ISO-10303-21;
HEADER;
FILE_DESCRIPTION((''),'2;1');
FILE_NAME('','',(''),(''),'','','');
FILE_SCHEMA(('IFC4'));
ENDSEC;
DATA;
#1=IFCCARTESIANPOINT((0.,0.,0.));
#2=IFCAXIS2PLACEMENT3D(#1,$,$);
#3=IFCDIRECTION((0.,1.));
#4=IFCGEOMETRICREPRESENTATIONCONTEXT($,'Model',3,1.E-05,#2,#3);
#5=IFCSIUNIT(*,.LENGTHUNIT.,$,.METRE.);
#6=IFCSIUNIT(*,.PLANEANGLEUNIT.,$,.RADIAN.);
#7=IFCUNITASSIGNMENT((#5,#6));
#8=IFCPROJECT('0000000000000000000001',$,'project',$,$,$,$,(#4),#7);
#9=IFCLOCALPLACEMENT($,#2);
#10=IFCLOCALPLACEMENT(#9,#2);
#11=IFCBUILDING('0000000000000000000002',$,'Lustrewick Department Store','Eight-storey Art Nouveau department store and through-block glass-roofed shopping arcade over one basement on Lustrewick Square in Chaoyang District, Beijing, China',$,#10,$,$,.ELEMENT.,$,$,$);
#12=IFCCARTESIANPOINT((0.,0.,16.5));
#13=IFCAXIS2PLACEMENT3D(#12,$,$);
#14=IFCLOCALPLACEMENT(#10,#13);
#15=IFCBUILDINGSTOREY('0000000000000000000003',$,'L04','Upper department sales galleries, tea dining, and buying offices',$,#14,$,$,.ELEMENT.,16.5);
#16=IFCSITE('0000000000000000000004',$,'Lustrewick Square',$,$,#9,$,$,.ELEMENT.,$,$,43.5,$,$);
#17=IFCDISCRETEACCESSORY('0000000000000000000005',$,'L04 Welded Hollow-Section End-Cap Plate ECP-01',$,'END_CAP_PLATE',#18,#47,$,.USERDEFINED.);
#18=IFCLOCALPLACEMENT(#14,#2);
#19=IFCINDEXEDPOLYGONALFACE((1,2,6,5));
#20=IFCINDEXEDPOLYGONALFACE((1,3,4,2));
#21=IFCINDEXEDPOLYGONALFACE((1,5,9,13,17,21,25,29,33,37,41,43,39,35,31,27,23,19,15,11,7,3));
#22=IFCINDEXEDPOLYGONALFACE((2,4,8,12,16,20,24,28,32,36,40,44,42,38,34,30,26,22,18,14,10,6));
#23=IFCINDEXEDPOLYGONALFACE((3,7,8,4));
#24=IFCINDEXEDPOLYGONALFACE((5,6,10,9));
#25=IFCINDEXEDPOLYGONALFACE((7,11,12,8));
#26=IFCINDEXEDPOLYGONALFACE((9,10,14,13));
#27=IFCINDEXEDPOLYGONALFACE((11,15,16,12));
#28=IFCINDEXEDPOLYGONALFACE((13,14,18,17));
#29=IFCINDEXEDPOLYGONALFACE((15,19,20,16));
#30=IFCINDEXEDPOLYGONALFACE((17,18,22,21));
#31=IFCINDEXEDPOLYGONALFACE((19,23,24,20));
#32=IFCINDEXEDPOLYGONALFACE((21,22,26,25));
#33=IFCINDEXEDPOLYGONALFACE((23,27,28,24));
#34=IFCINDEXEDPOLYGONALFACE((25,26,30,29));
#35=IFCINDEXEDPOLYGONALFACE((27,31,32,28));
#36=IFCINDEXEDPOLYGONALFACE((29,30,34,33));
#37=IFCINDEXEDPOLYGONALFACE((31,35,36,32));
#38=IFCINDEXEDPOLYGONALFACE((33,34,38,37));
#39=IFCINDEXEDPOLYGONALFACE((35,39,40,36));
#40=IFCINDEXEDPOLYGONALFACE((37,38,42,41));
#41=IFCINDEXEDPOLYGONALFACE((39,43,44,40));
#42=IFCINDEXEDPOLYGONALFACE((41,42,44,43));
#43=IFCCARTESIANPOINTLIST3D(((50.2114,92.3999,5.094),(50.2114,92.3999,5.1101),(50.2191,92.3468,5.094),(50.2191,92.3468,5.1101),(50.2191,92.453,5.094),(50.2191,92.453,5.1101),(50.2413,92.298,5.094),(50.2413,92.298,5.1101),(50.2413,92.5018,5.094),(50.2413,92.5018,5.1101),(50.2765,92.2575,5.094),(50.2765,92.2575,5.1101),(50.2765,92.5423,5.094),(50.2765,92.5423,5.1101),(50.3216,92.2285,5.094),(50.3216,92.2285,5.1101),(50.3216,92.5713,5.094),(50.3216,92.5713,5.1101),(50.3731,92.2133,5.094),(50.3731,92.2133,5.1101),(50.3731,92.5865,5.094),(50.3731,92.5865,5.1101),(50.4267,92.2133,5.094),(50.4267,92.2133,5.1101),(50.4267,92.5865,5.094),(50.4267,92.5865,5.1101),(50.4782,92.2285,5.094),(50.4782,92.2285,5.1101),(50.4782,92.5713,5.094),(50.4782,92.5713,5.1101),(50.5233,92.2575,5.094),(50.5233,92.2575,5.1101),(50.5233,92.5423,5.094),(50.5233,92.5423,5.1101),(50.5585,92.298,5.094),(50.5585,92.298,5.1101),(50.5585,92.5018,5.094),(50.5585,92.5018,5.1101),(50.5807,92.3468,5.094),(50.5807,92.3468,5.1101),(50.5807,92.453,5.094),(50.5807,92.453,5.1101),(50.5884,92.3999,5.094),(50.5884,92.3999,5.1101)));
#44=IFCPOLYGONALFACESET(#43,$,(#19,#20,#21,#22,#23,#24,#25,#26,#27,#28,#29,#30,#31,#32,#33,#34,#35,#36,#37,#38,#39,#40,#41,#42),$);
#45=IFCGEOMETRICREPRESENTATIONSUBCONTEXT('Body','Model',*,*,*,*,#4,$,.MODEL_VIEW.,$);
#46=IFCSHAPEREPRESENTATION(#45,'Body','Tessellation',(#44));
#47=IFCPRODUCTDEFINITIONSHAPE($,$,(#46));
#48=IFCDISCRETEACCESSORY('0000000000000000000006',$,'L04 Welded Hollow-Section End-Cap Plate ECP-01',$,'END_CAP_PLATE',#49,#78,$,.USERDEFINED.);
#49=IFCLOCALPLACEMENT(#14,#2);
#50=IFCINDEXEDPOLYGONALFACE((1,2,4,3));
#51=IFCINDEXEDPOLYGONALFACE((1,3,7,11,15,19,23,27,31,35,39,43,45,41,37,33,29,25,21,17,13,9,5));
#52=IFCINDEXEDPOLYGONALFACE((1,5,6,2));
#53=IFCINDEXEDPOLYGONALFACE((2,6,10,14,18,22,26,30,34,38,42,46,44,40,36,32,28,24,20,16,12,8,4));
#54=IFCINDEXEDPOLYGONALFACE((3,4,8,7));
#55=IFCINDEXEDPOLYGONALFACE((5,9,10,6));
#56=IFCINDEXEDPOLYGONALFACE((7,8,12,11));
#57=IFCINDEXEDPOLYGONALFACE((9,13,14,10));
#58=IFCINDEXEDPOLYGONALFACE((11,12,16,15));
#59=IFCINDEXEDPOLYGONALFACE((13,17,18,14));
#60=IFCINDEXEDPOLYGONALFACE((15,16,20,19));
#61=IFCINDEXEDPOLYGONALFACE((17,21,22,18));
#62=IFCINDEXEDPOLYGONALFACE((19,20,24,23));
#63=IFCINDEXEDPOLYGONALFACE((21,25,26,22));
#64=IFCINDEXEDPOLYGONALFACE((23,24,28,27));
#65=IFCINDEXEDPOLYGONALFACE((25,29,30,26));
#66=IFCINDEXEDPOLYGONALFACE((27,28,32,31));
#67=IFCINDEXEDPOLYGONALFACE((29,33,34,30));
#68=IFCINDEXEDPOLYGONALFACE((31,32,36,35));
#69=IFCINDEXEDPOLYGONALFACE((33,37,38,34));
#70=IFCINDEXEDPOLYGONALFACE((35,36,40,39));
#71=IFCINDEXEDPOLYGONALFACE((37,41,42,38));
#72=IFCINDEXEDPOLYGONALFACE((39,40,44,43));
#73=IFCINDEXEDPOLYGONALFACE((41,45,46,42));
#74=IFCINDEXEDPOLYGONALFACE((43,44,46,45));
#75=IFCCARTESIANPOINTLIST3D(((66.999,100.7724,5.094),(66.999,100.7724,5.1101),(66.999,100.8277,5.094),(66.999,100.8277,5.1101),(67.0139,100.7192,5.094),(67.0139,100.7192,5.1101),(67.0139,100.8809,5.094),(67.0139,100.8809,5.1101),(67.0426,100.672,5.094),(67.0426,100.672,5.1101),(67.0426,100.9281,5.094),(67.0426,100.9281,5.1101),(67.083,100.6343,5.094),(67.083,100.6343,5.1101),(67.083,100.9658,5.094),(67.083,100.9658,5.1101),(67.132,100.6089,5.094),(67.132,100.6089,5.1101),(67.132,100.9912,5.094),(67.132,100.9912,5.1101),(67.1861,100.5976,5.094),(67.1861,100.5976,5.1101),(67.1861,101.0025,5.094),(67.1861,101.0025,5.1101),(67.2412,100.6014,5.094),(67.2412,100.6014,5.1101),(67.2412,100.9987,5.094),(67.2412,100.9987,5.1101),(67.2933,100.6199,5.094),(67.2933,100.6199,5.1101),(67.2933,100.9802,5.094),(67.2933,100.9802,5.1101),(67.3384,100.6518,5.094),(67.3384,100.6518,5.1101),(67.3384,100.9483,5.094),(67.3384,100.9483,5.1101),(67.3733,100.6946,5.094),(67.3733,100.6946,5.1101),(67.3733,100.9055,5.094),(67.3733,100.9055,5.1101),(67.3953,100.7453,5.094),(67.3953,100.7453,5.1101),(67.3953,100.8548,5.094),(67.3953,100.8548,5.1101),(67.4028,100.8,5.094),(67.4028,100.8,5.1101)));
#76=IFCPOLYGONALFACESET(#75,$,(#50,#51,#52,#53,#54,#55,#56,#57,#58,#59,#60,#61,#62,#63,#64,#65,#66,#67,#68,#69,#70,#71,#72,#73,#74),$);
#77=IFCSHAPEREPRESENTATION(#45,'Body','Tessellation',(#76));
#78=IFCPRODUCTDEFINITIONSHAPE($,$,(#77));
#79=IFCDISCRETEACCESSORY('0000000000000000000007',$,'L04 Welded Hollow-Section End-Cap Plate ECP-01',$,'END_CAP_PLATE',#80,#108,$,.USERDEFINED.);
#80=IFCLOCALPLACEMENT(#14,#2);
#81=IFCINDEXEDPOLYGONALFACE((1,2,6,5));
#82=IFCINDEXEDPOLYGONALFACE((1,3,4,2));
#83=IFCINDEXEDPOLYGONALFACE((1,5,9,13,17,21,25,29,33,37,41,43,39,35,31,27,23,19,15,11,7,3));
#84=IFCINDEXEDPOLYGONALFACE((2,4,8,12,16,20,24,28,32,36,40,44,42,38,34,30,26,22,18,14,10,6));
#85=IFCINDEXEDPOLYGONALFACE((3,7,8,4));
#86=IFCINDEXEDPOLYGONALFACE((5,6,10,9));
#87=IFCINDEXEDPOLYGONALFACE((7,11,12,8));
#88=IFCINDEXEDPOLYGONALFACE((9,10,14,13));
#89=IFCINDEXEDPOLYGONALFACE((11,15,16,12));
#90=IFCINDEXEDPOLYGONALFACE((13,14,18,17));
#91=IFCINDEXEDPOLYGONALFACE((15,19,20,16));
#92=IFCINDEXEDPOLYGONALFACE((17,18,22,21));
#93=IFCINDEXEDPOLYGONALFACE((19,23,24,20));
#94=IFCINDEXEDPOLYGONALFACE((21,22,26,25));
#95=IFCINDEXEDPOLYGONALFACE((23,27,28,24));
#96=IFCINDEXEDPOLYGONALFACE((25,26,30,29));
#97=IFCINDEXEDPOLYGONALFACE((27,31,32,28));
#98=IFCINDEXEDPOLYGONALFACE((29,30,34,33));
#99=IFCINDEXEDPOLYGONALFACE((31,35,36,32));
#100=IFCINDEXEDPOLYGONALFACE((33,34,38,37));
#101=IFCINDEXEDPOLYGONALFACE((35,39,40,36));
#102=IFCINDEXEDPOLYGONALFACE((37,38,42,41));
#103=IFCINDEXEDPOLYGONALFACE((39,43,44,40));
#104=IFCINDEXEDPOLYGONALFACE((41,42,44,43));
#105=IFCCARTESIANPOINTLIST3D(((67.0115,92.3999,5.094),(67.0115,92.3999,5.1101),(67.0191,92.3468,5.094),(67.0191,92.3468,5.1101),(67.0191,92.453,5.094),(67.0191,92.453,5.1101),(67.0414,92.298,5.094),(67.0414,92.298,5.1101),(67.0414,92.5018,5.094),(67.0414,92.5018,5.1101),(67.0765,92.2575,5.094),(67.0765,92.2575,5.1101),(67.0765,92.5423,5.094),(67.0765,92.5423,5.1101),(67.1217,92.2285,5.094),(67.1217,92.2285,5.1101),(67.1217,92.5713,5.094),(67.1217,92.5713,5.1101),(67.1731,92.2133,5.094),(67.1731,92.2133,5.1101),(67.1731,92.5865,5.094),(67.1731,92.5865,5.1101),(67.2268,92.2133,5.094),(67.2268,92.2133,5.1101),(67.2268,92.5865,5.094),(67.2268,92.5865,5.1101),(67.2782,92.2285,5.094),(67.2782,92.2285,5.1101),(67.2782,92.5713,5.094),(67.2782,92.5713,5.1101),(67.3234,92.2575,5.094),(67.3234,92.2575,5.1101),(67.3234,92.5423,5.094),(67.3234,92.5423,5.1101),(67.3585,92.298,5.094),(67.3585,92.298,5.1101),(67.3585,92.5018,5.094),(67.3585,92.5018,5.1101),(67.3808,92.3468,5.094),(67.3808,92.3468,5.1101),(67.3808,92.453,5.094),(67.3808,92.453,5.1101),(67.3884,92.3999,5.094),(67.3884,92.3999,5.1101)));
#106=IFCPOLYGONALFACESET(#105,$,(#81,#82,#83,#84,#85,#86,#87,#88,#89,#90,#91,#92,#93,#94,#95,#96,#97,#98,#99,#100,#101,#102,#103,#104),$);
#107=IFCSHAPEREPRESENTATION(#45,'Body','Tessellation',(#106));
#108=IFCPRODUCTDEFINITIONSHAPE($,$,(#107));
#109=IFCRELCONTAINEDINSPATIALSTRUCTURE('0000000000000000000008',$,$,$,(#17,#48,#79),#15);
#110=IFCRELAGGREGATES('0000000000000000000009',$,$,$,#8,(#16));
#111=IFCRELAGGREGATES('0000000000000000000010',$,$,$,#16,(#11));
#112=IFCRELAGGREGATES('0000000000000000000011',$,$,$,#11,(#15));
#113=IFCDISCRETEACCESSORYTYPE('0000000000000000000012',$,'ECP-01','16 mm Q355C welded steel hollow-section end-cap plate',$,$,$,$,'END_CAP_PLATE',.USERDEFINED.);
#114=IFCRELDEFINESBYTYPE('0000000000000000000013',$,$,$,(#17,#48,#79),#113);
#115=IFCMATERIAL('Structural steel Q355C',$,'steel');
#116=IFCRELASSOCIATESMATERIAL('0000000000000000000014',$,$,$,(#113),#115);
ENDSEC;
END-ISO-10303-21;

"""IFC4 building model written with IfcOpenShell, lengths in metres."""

from ifc_helpers import new_model, si_unit, direction, frame, origin, origin_2d, place, context, subcontext, project, spatial, circle, extrude, material, type_object, element, save


model = new_model("IFC4")

# Units and contexts
model_context = context("Model", 3, precision=1e-05, world=origin(), true_north=direction((0.0, 1.0)))
body_context = subcontext(model_context, "Body", "Model", "MODEL_VIEW")
ifc_project = project(units=[si_unit("LENGTHUNIT", "METRE"), si_unit("PLANEANGLEUNIT", "RADIAN")], contexts=[model_context])

# Site, building, storey
site_placement = place(None, origin())
site = spatial("IfcSite", under=ifc_project, at=site_placement, Name="Lustrewick Square", CompositionType="ELEMENT", RefElevation=43.5)
building_placement = place(site_placement, origin())
building = spatial("IfcBuilding", under=site, at=building_placement, Name="Lustrewick Department Store", Description="Eight-storey Art Nouveau department store and through-block glass-roofed shopping arcade over one basement on Lustrewick Square in Chaoyang District, Beijing, China", CompositionType="ELEMENT")
storey_placement = place(building_placement, frame((0.0, 0.0, 16.5)))
storey = spatial("IfcBuildingStorey", under=building, at=storey_placement, Name="L04", Description="Upper department sales galleries, tea dining, and buying offices", CompositionType="ELEMENT", Elevation=16.5)

# Shared definitions
ifc_material_1 = material(Name="Structural steel Q355C", Category="steel")

# Discrete accessories
discrete_accessory_type = type_object("IfcDiscreteAccessoryType", Name="ECP-01", Description="16 mm Q355C welded steel hollow-section end-cap plate", ElementType="END_CAP_PLATE", PredefinedType="USERDEFINED", material=ifc_material_1)
discrete_accessory_1_placement = place(storey_placement, frame((50.3999, 92.3999, 5.094), z_axis=(0.0, 0.0, 1.0), x_axis=(1.0, 0.0, 0.0)))
element("IfcDiscreteAccessory", 1, at=discrete_accessory_1_placement, inside=storey, type_object=discrete_accessory_type, Name="L04 Welded Hollow-Section End-Cap Plate ECP-01", ObjectType="END_CAP_PLATE", PredefinedType="USERDEFINED", context=body_context, shape_type="SweptSolid", body=[
    extrude(circle(Radius=0.1885, at=origin_2d()), origin(), (0.0, 0.0, 1.0), 0.0161),
])
discrete_accessory_2_placement = place(storey_placement, frame((67.2, 100.8, 5.094), z_axis=(0.0, 0.0, 1.0), x_axis=(1.0, 0.0, 0.0)))
element("IfcDiscreteAccessory", 2, at=discrete_accessory_2_placement, inside=storey, type_object=discrete_accessory_type, Name="L04 Welded Hollow-Section End-Cap Plate ECP-01", ObjectType="END_CAP_PLATE", PredefinedType="USERDEFINED", context=body_context, shape_type="SweptSolid", body=[
    extrude(circle(Radius=0.2029, at=origin_2d()), origin(), (0.0, 0.0, 1.0), 0.0161),
])
discrete_accessory_3_placement = place(storey_placement, frame((67.2, 92.3999, 5.094), z_axis=(0.0, 0.0, 1.0), x_axis=(1.0, 0.0, 0.0)))
element("IfcDiscreteAccessory", 3, at=discrete_accessory_3_placement, inside=storey, type_object=discrete_accessory_type, Name="L04 Welded Hollow-Section End-Cap Plate ECP-01", ObjectType="END_CAP_PLATE", PredefinedType="USERDEFINED", context=body_context, shape_type="SweptSolid", body=[
    extrude(circle(Radius=0.1885, at=origin_2d()), origin(), (0.0, 0.0, 1.0), 0.0161),
])

save(model, "model.ifc")
